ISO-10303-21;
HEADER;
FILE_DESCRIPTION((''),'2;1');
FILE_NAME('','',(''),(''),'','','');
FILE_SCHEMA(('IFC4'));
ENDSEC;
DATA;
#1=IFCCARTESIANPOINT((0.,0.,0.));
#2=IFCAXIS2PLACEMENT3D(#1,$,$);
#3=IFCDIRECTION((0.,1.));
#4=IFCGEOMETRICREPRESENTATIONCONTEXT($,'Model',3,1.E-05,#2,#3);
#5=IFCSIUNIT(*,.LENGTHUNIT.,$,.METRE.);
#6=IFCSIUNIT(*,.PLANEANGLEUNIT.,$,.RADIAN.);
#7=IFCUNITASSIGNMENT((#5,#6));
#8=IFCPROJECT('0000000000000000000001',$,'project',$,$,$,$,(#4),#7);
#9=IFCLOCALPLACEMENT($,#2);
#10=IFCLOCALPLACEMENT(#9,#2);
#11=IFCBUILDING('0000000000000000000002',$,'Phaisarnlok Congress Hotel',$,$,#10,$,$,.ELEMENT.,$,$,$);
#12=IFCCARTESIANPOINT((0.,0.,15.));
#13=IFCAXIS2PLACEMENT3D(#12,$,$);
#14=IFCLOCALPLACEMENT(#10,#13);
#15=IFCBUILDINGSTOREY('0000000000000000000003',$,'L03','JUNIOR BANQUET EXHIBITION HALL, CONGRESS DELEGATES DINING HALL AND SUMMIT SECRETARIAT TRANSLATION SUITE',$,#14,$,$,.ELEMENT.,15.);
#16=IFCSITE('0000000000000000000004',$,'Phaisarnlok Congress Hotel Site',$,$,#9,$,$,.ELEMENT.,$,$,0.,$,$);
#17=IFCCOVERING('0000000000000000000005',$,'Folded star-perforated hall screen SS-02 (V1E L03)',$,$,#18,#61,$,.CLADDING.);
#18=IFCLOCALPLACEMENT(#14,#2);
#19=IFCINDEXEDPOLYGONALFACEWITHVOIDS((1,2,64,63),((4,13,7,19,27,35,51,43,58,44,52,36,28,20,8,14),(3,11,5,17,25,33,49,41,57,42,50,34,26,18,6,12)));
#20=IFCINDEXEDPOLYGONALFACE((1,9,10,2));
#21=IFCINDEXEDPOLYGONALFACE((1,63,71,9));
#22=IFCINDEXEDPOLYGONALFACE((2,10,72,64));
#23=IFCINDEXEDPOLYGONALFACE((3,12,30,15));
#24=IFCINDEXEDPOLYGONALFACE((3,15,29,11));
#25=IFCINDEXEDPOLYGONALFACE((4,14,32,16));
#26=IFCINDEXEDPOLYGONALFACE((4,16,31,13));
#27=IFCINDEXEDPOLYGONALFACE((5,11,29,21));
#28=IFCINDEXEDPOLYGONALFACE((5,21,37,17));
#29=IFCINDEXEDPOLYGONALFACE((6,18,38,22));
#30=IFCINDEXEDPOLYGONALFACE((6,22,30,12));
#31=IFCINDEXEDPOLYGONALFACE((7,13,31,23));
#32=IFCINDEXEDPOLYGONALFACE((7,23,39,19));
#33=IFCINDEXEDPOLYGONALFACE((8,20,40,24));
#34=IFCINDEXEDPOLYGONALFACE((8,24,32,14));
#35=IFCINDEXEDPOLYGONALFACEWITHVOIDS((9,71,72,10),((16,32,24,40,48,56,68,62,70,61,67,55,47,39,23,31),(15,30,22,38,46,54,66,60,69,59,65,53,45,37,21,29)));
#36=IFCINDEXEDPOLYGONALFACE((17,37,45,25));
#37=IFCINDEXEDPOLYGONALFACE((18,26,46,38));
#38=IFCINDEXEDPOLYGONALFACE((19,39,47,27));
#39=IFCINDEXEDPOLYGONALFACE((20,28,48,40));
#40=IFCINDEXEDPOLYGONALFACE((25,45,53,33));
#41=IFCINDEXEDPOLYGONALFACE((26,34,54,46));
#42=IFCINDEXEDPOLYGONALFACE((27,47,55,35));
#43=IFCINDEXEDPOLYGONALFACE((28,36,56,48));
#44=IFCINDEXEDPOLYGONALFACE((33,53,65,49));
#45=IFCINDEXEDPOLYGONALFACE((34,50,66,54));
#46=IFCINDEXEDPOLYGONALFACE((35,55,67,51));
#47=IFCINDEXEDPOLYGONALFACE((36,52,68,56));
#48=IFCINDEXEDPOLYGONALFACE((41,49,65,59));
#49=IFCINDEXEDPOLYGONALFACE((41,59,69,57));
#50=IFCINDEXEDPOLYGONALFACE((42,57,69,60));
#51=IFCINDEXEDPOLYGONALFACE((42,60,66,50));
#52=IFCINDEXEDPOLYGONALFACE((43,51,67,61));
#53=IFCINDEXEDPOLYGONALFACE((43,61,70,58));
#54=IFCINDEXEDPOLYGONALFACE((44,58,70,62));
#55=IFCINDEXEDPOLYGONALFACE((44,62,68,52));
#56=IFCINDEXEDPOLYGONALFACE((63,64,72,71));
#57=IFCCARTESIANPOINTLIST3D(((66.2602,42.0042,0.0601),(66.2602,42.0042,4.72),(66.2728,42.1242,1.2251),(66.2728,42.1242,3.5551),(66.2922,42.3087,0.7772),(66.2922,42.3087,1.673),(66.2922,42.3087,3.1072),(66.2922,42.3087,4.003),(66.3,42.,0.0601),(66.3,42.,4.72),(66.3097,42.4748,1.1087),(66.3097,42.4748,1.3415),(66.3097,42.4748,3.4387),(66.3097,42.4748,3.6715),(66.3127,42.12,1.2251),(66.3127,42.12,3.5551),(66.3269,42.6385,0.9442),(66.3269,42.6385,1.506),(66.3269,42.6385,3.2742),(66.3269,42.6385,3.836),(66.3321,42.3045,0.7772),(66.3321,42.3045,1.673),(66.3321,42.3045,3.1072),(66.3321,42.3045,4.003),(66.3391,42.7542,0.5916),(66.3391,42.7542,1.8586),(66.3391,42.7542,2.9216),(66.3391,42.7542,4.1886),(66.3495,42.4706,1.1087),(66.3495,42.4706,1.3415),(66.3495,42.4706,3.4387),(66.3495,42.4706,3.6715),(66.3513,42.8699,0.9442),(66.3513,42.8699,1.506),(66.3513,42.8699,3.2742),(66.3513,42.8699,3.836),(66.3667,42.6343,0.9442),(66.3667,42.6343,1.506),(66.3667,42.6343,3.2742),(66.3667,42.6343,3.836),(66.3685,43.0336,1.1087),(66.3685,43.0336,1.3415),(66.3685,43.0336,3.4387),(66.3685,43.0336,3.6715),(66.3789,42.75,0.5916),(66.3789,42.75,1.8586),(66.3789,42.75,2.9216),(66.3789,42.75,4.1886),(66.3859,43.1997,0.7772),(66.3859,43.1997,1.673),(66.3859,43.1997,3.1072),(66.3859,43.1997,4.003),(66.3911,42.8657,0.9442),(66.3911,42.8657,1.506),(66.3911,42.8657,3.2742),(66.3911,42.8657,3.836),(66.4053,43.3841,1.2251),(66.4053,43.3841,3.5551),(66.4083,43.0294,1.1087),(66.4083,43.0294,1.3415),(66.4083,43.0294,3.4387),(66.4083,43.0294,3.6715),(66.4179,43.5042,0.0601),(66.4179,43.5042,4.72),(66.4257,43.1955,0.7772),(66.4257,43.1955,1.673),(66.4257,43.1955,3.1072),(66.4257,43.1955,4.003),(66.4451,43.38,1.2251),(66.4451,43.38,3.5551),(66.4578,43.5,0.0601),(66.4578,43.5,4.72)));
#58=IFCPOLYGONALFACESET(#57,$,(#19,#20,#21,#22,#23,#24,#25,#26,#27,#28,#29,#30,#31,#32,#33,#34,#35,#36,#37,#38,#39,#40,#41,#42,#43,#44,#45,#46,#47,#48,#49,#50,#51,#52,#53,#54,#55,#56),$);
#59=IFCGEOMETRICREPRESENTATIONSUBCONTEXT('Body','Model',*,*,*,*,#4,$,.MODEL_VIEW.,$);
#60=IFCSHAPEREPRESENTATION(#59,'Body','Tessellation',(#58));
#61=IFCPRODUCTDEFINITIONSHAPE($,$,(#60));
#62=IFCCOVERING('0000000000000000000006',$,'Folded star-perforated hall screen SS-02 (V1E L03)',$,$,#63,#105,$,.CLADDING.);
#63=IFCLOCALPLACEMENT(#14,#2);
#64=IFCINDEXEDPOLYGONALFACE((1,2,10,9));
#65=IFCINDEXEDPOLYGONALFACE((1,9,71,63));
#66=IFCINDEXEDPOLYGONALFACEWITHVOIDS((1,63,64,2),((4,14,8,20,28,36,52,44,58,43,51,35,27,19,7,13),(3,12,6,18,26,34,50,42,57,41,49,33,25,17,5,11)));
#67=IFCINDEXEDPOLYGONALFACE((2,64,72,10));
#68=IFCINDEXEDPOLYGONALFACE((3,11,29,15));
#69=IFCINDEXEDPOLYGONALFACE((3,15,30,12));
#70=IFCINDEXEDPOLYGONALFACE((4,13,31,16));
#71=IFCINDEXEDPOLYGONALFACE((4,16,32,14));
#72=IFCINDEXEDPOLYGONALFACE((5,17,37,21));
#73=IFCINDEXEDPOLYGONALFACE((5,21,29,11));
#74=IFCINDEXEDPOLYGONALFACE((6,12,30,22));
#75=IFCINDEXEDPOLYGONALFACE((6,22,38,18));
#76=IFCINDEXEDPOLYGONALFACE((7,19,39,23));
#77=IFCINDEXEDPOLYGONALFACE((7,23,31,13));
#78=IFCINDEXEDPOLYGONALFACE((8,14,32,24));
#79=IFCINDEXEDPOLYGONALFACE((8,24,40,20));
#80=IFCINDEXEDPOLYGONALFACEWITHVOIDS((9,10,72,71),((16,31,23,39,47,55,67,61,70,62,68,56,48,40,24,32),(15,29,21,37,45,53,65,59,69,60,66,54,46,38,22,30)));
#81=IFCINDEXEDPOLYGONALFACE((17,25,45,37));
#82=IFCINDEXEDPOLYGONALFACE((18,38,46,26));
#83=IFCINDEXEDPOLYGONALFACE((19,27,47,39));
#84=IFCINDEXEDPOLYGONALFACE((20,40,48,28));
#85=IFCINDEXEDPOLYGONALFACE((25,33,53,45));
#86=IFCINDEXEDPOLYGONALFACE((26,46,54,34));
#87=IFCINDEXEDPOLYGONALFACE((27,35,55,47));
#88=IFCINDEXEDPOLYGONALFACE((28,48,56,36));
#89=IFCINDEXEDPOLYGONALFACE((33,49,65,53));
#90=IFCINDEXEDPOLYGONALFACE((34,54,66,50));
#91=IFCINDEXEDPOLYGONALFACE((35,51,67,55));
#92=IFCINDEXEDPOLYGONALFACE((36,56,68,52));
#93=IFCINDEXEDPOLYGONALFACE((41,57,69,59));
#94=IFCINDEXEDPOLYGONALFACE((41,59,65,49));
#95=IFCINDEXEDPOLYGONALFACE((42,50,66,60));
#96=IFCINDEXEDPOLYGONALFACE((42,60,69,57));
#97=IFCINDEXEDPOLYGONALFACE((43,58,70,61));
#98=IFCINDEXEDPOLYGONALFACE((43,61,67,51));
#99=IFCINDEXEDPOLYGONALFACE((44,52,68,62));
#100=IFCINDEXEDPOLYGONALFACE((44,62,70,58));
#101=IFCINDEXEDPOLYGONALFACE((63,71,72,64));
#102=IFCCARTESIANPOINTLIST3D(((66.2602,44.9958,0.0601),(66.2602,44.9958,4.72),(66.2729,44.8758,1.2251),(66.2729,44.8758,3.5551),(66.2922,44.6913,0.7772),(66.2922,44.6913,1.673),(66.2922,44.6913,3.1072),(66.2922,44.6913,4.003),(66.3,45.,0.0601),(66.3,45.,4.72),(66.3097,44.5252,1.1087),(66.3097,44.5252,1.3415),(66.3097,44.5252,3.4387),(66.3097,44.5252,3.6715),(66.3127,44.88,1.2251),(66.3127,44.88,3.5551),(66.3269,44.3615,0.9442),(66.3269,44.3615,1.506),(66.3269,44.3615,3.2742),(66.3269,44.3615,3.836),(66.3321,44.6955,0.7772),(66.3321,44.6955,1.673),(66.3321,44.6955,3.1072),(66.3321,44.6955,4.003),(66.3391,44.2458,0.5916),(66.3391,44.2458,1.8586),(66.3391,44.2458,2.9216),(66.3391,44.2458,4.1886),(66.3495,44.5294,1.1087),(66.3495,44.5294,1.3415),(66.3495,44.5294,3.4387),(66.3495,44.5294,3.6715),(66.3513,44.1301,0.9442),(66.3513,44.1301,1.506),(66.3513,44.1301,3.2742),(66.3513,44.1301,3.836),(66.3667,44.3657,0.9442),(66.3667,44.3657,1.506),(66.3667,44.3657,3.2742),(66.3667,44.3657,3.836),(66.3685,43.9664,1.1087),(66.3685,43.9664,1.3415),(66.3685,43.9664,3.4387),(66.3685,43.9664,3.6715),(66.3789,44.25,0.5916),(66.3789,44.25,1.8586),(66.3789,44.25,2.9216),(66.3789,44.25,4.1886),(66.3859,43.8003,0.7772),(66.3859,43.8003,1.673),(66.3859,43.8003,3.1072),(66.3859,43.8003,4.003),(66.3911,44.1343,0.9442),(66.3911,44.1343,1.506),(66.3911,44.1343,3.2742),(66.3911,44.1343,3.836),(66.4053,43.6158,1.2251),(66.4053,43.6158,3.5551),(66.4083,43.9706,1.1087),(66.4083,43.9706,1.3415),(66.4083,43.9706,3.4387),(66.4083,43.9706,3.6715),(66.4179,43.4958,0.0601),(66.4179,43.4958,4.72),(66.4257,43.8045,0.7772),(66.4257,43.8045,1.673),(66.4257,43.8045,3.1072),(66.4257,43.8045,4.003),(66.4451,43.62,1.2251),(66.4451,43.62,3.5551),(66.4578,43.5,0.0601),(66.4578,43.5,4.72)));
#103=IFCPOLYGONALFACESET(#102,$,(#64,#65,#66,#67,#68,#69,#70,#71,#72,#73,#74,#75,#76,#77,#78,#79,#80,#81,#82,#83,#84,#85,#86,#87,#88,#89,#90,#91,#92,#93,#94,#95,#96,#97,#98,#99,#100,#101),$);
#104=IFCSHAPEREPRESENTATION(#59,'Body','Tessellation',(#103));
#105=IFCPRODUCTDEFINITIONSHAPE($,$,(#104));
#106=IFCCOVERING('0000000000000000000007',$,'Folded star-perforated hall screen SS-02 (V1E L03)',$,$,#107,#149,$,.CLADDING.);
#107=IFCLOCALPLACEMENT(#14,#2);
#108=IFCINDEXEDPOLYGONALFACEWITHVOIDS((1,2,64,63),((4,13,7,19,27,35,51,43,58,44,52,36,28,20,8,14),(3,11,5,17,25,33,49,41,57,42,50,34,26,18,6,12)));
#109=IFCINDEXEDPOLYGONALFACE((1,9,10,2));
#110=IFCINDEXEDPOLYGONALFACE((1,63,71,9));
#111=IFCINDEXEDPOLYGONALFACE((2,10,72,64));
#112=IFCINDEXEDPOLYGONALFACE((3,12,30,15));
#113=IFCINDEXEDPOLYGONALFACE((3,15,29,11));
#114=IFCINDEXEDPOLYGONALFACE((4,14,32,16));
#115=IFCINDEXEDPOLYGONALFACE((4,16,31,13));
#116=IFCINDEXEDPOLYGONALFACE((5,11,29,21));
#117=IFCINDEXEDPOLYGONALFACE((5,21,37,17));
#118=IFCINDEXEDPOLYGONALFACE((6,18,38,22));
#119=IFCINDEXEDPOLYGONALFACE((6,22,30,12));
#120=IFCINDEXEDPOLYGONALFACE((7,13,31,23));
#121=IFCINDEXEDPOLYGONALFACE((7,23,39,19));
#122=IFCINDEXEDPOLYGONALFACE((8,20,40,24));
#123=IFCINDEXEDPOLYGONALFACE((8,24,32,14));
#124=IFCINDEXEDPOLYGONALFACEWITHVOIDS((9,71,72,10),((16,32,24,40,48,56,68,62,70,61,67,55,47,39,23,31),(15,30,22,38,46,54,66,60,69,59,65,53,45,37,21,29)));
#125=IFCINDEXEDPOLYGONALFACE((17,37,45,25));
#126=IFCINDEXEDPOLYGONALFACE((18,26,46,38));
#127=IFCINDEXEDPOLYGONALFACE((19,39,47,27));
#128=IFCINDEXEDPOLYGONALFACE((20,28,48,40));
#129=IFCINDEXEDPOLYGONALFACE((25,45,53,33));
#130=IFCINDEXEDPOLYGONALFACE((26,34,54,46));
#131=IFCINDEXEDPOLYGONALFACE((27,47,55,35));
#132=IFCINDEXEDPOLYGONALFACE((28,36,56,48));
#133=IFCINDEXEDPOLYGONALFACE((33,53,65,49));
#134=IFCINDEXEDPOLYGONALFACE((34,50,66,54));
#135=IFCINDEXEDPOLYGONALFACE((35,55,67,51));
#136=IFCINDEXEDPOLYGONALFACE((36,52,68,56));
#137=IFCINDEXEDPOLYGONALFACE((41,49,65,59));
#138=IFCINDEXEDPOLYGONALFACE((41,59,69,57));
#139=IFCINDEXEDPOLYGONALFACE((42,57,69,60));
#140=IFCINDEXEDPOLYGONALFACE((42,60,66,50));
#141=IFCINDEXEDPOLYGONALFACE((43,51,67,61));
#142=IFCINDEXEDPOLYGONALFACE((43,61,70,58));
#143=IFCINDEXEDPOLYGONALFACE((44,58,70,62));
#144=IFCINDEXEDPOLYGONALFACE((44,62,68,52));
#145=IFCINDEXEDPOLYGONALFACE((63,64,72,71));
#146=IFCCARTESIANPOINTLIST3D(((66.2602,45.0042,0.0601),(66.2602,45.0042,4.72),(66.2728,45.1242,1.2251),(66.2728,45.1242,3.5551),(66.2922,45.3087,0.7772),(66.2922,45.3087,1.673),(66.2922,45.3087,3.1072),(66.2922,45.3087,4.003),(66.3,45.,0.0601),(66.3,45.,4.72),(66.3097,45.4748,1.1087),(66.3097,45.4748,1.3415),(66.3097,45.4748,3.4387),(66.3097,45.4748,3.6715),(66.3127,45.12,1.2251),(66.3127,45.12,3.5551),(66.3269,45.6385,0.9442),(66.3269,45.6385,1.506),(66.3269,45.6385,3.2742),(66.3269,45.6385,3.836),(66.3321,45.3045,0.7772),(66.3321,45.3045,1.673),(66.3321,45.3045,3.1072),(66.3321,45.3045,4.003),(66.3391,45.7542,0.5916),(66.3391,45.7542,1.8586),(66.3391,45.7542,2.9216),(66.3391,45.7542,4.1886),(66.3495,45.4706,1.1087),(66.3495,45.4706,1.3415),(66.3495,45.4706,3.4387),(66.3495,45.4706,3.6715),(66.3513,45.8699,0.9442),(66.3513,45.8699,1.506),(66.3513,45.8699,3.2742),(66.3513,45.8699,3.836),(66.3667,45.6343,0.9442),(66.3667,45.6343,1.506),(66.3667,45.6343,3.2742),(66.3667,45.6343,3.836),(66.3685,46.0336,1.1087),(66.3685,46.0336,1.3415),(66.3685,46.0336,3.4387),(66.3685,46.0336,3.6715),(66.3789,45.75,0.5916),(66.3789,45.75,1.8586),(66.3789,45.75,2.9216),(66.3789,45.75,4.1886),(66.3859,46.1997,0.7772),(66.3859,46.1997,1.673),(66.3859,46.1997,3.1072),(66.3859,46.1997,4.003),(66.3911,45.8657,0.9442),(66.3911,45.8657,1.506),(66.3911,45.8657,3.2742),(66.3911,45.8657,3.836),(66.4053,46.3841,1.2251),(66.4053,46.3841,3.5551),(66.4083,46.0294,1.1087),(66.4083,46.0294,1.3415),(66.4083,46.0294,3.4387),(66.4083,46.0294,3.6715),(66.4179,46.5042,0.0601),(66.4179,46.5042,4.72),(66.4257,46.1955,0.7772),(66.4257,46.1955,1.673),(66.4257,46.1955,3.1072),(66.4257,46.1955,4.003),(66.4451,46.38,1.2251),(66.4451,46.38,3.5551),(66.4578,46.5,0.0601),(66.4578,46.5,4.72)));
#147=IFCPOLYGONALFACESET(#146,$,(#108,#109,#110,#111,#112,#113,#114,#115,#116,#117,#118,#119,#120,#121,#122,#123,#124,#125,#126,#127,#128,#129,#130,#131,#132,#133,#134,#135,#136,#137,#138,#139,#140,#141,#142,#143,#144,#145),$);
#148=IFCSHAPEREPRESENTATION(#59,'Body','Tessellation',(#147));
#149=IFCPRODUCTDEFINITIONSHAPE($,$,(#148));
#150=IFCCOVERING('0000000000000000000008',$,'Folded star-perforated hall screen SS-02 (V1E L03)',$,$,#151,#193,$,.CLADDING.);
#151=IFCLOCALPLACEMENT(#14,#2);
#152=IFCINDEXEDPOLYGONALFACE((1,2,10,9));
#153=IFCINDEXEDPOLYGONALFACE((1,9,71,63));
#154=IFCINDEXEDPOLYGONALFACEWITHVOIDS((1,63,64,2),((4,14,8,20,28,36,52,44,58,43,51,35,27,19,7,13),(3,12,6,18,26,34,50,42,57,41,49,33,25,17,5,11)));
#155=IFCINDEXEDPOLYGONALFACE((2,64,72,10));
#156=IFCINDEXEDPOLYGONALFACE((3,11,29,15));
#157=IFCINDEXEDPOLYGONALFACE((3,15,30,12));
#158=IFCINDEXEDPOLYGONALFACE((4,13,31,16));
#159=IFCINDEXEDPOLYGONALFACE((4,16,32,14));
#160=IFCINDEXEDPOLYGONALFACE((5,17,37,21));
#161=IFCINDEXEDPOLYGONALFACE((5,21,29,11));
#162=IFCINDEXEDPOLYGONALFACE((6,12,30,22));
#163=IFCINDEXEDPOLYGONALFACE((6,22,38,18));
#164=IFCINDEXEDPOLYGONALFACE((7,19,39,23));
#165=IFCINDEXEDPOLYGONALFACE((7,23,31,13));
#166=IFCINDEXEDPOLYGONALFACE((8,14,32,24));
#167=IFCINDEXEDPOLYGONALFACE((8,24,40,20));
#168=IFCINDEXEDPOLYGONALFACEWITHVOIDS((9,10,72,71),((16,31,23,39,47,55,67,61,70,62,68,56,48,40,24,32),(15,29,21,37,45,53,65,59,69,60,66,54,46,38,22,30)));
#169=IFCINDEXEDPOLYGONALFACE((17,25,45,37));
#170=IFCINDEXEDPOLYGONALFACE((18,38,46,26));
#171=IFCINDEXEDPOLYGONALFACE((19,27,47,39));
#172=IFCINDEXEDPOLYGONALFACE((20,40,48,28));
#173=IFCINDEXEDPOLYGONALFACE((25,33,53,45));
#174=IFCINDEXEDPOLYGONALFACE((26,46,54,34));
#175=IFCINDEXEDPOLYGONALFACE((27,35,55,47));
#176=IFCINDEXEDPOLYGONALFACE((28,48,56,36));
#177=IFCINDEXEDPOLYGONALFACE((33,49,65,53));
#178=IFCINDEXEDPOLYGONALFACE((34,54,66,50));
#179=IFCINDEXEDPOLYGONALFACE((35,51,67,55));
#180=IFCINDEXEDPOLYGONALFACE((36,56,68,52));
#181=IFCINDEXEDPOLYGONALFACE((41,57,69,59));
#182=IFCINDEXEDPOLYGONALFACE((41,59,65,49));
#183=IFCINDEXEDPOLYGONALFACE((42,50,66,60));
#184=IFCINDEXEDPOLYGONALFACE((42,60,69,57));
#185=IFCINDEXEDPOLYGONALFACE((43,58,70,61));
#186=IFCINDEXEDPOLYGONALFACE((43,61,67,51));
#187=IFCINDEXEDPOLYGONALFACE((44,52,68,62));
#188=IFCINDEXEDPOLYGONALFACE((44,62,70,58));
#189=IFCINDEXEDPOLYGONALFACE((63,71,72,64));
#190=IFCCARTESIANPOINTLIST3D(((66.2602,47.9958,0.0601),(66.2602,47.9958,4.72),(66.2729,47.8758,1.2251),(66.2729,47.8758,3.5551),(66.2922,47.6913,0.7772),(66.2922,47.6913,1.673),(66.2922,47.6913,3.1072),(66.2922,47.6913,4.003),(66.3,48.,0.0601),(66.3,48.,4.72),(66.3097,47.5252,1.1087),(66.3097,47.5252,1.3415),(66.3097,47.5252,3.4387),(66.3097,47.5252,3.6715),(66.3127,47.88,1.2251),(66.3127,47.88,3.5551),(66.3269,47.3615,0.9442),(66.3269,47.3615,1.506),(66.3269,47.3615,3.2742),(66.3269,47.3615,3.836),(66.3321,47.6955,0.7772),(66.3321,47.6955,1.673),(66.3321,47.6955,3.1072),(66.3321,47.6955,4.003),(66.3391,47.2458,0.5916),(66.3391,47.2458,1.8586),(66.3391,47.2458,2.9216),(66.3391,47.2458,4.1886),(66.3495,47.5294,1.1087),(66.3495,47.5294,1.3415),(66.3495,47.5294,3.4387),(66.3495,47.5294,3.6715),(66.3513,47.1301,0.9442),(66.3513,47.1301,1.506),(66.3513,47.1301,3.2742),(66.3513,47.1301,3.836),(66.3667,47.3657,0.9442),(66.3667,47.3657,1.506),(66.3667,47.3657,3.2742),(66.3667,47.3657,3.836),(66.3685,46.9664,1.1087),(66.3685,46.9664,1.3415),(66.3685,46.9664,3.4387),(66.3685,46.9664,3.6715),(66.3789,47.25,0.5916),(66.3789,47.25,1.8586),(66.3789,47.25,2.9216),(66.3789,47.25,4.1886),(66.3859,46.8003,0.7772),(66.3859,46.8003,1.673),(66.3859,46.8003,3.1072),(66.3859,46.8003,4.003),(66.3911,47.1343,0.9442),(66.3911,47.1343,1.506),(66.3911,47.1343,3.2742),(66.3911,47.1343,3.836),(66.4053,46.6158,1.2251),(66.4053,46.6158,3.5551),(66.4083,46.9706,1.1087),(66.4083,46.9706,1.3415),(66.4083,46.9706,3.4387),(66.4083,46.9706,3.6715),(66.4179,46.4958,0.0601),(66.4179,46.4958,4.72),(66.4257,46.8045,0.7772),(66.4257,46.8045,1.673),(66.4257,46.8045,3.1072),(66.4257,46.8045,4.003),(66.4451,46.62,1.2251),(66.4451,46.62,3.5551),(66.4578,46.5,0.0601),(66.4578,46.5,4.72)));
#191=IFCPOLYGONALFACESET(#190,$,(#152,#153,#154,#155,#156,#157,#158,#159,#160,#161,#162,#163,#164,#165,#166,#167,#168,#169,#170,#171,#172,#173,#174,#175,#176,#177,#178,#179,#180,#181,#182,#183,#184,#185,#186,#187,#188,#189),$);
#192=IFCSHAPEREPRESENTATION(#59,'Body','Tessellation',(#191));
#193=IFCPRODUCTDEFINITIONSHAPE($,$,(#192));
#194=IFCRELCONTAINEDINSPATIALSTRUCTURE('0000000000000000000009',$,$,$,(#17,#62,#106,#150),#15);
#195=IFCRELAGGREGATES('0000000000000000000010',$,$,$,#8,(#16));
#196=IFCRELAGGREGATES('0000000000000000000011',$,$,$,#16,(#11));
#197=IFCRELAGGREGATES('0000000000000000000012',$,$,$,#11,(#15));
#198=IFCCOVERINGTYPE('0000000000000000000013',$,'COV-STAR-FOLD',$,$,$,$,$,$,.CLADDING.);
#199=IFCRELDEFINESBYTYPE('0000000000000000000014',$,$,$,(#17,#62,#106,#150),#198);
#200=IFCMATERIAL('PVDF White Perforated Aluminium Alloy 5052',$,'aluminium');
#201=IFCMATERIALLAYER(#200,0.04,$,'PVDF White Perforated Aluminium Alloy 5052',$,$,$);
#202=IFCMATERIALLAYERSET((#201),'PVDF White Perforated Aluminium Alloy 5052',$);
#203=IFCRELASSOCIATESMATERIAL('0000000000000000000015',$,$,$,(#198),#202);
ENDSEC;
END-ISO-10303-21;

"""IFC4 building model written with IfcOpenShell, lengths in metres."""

from ifc_helpers import new_model, si_unit, direction, frame, origin, place, context, subcontext, project, spatial, polyline, outline, extrude, material, layer, layer_set, type_object, element, save


model = new_model("IFC4")

# Units and contexts
model_context = context("Model", 3, precision=1e-05, world=origin(), true_north=direction((0.0, 1.0)))
body_context = subcontext(model_context, "Body", "Model", "MODEL_VIEW")
ifc_project = project(units=[si_unit("LENGTHUNIT", "METRE"), si_unit("PLANEANGLEUNIT", "RADIAN")], contexts=[model_context])

# Site, building, storey
site_placement = place(None, origin())
site = spatial("IfcSite", under=ifc_project, at=site_placement, Name="Phaisarnlok Congress Hotel Site", CompositionType="ELEMENT", RefElevation=0.0)
building_placement = place(site_placement, origin())
building = spatial("IfcBuilding", under=site, at=building_placement, Name="Phaisarnlok Congress Hotel", CompositionType="ELEMENT")
storey_placement = place(building_placement, frame((0.0, 0.0, 15.0)))
storey = spatial("IfcBuildingStorey", under=building, at=storey_placement, Name="L03", Description="JUNIOR BANQUET EXHIBITION HALL, CONGRESS DELEGATES DINING HALL AND SUMMIT SECRETARIAT TRANSLATION SUITE", CompositionType="ELEMENT", Elevation=15.0)

# Coverings
ifc_material_1 = material(Name="PVDF White Perforated Aluminium Alloy 5052", Category="aluminium")
ifc_layer_1 = layer(ifc_material_1, 0.04, Name="PVDF White Perforated Aluminium Alloy 5052")
ifc_layer_set_1 = layer_set([ifc_layer_1], Name="PVDF White Perforated Aluminium Alloy 5052")
covering_type = type_object("IfcCoveringType", Name="COV-STAR-FOLD", PredefinedType="CLADDING", material=ifc_layer_set_1)
for number, where, z_axis, x_axis, name in (
    (1, (66.4578, 43.5, 0.0601), (-0.994518, 0.104567, 0.0), (-0.104567, -0.994518, 0.0), "Folded star-perforated hall screen SS-02 (V1E L03)"),
    (2, (66.3, 45.0, 0.0601), (-0.994518, -0.104567, 0.0), (0.104567, -0.994518, 0.0), "Folded star-perforated hall screen SS-02 (V1E L03)"),
    (3, (66.4578, 46.5, 0.0601), (-0.994518, 0.104567, 0.0), (-0.104567, -0.994518, 0.0), "Folded star-perforated hall screen SS-02 (V1E L03)"),
    (4, (66.3, 48.0, 0.0601), (-0.994518, -0.104567, 0.0), (0.104567, -0.994518, 0.0), "Folded star-perforated hall screen SS-02 (V1E L03)"),
):
    element("IfcCovering", number, at=place(storey_placement, frame(where, z_axis=z_axis, x_axis=x_axis)), inside=storey, type_object=covering_type, Name=name, PredefinedType="CLADDING", context=body_context, shape_type="SweptSolid", body=[
        extrude(outline(polyline([(0.0, 0.0), (1.5083, 0.0), (1.5083, 4.6599), (0.0, 4.6599), (0.0, 0.0)]), holes=[polyline([(1.0351, 1.0486), (1.2021, 0.7171), (0.8705, 0.8841), (0.7541, 0.5315), (0.6378, 0.8841), (0.3062, 0.7171), (0.4732, 1.0486), (0.1207, 1.165), (0.4732, 1.2814), (0.3062, 1.6129), (0.6378, 1.4459), (0.7541, 1.7985), (0.8705, 1.4459), (1.2021, 1.6129), (1.0351, 1.2814), (1.3876, 1.165), (1.0351, 1.0486)]), polyline([(1.0351, 3.3786), (1.2021, 3.0471), (0.8705, 3.2141), (0.7541, 2.8615), (0.6378, 3.2141), (0.3062, 3.0471), (0.4732, 3.3786), (0.1207, 3.495), (0.4732, 3.6114), (0.3062, 3.9429), (0.6378, 3.7759), (0.7541, 4.1285), (0.8705, 3.7759), (1.2021, 3.9429), (1.0351, 3.6114), (1.3876, 3.495), (1.0351, 3.3786)])]), origin(), (0.0, 0.0, 1.0), 0.04),
    ])

save(model, "model.ifc")
